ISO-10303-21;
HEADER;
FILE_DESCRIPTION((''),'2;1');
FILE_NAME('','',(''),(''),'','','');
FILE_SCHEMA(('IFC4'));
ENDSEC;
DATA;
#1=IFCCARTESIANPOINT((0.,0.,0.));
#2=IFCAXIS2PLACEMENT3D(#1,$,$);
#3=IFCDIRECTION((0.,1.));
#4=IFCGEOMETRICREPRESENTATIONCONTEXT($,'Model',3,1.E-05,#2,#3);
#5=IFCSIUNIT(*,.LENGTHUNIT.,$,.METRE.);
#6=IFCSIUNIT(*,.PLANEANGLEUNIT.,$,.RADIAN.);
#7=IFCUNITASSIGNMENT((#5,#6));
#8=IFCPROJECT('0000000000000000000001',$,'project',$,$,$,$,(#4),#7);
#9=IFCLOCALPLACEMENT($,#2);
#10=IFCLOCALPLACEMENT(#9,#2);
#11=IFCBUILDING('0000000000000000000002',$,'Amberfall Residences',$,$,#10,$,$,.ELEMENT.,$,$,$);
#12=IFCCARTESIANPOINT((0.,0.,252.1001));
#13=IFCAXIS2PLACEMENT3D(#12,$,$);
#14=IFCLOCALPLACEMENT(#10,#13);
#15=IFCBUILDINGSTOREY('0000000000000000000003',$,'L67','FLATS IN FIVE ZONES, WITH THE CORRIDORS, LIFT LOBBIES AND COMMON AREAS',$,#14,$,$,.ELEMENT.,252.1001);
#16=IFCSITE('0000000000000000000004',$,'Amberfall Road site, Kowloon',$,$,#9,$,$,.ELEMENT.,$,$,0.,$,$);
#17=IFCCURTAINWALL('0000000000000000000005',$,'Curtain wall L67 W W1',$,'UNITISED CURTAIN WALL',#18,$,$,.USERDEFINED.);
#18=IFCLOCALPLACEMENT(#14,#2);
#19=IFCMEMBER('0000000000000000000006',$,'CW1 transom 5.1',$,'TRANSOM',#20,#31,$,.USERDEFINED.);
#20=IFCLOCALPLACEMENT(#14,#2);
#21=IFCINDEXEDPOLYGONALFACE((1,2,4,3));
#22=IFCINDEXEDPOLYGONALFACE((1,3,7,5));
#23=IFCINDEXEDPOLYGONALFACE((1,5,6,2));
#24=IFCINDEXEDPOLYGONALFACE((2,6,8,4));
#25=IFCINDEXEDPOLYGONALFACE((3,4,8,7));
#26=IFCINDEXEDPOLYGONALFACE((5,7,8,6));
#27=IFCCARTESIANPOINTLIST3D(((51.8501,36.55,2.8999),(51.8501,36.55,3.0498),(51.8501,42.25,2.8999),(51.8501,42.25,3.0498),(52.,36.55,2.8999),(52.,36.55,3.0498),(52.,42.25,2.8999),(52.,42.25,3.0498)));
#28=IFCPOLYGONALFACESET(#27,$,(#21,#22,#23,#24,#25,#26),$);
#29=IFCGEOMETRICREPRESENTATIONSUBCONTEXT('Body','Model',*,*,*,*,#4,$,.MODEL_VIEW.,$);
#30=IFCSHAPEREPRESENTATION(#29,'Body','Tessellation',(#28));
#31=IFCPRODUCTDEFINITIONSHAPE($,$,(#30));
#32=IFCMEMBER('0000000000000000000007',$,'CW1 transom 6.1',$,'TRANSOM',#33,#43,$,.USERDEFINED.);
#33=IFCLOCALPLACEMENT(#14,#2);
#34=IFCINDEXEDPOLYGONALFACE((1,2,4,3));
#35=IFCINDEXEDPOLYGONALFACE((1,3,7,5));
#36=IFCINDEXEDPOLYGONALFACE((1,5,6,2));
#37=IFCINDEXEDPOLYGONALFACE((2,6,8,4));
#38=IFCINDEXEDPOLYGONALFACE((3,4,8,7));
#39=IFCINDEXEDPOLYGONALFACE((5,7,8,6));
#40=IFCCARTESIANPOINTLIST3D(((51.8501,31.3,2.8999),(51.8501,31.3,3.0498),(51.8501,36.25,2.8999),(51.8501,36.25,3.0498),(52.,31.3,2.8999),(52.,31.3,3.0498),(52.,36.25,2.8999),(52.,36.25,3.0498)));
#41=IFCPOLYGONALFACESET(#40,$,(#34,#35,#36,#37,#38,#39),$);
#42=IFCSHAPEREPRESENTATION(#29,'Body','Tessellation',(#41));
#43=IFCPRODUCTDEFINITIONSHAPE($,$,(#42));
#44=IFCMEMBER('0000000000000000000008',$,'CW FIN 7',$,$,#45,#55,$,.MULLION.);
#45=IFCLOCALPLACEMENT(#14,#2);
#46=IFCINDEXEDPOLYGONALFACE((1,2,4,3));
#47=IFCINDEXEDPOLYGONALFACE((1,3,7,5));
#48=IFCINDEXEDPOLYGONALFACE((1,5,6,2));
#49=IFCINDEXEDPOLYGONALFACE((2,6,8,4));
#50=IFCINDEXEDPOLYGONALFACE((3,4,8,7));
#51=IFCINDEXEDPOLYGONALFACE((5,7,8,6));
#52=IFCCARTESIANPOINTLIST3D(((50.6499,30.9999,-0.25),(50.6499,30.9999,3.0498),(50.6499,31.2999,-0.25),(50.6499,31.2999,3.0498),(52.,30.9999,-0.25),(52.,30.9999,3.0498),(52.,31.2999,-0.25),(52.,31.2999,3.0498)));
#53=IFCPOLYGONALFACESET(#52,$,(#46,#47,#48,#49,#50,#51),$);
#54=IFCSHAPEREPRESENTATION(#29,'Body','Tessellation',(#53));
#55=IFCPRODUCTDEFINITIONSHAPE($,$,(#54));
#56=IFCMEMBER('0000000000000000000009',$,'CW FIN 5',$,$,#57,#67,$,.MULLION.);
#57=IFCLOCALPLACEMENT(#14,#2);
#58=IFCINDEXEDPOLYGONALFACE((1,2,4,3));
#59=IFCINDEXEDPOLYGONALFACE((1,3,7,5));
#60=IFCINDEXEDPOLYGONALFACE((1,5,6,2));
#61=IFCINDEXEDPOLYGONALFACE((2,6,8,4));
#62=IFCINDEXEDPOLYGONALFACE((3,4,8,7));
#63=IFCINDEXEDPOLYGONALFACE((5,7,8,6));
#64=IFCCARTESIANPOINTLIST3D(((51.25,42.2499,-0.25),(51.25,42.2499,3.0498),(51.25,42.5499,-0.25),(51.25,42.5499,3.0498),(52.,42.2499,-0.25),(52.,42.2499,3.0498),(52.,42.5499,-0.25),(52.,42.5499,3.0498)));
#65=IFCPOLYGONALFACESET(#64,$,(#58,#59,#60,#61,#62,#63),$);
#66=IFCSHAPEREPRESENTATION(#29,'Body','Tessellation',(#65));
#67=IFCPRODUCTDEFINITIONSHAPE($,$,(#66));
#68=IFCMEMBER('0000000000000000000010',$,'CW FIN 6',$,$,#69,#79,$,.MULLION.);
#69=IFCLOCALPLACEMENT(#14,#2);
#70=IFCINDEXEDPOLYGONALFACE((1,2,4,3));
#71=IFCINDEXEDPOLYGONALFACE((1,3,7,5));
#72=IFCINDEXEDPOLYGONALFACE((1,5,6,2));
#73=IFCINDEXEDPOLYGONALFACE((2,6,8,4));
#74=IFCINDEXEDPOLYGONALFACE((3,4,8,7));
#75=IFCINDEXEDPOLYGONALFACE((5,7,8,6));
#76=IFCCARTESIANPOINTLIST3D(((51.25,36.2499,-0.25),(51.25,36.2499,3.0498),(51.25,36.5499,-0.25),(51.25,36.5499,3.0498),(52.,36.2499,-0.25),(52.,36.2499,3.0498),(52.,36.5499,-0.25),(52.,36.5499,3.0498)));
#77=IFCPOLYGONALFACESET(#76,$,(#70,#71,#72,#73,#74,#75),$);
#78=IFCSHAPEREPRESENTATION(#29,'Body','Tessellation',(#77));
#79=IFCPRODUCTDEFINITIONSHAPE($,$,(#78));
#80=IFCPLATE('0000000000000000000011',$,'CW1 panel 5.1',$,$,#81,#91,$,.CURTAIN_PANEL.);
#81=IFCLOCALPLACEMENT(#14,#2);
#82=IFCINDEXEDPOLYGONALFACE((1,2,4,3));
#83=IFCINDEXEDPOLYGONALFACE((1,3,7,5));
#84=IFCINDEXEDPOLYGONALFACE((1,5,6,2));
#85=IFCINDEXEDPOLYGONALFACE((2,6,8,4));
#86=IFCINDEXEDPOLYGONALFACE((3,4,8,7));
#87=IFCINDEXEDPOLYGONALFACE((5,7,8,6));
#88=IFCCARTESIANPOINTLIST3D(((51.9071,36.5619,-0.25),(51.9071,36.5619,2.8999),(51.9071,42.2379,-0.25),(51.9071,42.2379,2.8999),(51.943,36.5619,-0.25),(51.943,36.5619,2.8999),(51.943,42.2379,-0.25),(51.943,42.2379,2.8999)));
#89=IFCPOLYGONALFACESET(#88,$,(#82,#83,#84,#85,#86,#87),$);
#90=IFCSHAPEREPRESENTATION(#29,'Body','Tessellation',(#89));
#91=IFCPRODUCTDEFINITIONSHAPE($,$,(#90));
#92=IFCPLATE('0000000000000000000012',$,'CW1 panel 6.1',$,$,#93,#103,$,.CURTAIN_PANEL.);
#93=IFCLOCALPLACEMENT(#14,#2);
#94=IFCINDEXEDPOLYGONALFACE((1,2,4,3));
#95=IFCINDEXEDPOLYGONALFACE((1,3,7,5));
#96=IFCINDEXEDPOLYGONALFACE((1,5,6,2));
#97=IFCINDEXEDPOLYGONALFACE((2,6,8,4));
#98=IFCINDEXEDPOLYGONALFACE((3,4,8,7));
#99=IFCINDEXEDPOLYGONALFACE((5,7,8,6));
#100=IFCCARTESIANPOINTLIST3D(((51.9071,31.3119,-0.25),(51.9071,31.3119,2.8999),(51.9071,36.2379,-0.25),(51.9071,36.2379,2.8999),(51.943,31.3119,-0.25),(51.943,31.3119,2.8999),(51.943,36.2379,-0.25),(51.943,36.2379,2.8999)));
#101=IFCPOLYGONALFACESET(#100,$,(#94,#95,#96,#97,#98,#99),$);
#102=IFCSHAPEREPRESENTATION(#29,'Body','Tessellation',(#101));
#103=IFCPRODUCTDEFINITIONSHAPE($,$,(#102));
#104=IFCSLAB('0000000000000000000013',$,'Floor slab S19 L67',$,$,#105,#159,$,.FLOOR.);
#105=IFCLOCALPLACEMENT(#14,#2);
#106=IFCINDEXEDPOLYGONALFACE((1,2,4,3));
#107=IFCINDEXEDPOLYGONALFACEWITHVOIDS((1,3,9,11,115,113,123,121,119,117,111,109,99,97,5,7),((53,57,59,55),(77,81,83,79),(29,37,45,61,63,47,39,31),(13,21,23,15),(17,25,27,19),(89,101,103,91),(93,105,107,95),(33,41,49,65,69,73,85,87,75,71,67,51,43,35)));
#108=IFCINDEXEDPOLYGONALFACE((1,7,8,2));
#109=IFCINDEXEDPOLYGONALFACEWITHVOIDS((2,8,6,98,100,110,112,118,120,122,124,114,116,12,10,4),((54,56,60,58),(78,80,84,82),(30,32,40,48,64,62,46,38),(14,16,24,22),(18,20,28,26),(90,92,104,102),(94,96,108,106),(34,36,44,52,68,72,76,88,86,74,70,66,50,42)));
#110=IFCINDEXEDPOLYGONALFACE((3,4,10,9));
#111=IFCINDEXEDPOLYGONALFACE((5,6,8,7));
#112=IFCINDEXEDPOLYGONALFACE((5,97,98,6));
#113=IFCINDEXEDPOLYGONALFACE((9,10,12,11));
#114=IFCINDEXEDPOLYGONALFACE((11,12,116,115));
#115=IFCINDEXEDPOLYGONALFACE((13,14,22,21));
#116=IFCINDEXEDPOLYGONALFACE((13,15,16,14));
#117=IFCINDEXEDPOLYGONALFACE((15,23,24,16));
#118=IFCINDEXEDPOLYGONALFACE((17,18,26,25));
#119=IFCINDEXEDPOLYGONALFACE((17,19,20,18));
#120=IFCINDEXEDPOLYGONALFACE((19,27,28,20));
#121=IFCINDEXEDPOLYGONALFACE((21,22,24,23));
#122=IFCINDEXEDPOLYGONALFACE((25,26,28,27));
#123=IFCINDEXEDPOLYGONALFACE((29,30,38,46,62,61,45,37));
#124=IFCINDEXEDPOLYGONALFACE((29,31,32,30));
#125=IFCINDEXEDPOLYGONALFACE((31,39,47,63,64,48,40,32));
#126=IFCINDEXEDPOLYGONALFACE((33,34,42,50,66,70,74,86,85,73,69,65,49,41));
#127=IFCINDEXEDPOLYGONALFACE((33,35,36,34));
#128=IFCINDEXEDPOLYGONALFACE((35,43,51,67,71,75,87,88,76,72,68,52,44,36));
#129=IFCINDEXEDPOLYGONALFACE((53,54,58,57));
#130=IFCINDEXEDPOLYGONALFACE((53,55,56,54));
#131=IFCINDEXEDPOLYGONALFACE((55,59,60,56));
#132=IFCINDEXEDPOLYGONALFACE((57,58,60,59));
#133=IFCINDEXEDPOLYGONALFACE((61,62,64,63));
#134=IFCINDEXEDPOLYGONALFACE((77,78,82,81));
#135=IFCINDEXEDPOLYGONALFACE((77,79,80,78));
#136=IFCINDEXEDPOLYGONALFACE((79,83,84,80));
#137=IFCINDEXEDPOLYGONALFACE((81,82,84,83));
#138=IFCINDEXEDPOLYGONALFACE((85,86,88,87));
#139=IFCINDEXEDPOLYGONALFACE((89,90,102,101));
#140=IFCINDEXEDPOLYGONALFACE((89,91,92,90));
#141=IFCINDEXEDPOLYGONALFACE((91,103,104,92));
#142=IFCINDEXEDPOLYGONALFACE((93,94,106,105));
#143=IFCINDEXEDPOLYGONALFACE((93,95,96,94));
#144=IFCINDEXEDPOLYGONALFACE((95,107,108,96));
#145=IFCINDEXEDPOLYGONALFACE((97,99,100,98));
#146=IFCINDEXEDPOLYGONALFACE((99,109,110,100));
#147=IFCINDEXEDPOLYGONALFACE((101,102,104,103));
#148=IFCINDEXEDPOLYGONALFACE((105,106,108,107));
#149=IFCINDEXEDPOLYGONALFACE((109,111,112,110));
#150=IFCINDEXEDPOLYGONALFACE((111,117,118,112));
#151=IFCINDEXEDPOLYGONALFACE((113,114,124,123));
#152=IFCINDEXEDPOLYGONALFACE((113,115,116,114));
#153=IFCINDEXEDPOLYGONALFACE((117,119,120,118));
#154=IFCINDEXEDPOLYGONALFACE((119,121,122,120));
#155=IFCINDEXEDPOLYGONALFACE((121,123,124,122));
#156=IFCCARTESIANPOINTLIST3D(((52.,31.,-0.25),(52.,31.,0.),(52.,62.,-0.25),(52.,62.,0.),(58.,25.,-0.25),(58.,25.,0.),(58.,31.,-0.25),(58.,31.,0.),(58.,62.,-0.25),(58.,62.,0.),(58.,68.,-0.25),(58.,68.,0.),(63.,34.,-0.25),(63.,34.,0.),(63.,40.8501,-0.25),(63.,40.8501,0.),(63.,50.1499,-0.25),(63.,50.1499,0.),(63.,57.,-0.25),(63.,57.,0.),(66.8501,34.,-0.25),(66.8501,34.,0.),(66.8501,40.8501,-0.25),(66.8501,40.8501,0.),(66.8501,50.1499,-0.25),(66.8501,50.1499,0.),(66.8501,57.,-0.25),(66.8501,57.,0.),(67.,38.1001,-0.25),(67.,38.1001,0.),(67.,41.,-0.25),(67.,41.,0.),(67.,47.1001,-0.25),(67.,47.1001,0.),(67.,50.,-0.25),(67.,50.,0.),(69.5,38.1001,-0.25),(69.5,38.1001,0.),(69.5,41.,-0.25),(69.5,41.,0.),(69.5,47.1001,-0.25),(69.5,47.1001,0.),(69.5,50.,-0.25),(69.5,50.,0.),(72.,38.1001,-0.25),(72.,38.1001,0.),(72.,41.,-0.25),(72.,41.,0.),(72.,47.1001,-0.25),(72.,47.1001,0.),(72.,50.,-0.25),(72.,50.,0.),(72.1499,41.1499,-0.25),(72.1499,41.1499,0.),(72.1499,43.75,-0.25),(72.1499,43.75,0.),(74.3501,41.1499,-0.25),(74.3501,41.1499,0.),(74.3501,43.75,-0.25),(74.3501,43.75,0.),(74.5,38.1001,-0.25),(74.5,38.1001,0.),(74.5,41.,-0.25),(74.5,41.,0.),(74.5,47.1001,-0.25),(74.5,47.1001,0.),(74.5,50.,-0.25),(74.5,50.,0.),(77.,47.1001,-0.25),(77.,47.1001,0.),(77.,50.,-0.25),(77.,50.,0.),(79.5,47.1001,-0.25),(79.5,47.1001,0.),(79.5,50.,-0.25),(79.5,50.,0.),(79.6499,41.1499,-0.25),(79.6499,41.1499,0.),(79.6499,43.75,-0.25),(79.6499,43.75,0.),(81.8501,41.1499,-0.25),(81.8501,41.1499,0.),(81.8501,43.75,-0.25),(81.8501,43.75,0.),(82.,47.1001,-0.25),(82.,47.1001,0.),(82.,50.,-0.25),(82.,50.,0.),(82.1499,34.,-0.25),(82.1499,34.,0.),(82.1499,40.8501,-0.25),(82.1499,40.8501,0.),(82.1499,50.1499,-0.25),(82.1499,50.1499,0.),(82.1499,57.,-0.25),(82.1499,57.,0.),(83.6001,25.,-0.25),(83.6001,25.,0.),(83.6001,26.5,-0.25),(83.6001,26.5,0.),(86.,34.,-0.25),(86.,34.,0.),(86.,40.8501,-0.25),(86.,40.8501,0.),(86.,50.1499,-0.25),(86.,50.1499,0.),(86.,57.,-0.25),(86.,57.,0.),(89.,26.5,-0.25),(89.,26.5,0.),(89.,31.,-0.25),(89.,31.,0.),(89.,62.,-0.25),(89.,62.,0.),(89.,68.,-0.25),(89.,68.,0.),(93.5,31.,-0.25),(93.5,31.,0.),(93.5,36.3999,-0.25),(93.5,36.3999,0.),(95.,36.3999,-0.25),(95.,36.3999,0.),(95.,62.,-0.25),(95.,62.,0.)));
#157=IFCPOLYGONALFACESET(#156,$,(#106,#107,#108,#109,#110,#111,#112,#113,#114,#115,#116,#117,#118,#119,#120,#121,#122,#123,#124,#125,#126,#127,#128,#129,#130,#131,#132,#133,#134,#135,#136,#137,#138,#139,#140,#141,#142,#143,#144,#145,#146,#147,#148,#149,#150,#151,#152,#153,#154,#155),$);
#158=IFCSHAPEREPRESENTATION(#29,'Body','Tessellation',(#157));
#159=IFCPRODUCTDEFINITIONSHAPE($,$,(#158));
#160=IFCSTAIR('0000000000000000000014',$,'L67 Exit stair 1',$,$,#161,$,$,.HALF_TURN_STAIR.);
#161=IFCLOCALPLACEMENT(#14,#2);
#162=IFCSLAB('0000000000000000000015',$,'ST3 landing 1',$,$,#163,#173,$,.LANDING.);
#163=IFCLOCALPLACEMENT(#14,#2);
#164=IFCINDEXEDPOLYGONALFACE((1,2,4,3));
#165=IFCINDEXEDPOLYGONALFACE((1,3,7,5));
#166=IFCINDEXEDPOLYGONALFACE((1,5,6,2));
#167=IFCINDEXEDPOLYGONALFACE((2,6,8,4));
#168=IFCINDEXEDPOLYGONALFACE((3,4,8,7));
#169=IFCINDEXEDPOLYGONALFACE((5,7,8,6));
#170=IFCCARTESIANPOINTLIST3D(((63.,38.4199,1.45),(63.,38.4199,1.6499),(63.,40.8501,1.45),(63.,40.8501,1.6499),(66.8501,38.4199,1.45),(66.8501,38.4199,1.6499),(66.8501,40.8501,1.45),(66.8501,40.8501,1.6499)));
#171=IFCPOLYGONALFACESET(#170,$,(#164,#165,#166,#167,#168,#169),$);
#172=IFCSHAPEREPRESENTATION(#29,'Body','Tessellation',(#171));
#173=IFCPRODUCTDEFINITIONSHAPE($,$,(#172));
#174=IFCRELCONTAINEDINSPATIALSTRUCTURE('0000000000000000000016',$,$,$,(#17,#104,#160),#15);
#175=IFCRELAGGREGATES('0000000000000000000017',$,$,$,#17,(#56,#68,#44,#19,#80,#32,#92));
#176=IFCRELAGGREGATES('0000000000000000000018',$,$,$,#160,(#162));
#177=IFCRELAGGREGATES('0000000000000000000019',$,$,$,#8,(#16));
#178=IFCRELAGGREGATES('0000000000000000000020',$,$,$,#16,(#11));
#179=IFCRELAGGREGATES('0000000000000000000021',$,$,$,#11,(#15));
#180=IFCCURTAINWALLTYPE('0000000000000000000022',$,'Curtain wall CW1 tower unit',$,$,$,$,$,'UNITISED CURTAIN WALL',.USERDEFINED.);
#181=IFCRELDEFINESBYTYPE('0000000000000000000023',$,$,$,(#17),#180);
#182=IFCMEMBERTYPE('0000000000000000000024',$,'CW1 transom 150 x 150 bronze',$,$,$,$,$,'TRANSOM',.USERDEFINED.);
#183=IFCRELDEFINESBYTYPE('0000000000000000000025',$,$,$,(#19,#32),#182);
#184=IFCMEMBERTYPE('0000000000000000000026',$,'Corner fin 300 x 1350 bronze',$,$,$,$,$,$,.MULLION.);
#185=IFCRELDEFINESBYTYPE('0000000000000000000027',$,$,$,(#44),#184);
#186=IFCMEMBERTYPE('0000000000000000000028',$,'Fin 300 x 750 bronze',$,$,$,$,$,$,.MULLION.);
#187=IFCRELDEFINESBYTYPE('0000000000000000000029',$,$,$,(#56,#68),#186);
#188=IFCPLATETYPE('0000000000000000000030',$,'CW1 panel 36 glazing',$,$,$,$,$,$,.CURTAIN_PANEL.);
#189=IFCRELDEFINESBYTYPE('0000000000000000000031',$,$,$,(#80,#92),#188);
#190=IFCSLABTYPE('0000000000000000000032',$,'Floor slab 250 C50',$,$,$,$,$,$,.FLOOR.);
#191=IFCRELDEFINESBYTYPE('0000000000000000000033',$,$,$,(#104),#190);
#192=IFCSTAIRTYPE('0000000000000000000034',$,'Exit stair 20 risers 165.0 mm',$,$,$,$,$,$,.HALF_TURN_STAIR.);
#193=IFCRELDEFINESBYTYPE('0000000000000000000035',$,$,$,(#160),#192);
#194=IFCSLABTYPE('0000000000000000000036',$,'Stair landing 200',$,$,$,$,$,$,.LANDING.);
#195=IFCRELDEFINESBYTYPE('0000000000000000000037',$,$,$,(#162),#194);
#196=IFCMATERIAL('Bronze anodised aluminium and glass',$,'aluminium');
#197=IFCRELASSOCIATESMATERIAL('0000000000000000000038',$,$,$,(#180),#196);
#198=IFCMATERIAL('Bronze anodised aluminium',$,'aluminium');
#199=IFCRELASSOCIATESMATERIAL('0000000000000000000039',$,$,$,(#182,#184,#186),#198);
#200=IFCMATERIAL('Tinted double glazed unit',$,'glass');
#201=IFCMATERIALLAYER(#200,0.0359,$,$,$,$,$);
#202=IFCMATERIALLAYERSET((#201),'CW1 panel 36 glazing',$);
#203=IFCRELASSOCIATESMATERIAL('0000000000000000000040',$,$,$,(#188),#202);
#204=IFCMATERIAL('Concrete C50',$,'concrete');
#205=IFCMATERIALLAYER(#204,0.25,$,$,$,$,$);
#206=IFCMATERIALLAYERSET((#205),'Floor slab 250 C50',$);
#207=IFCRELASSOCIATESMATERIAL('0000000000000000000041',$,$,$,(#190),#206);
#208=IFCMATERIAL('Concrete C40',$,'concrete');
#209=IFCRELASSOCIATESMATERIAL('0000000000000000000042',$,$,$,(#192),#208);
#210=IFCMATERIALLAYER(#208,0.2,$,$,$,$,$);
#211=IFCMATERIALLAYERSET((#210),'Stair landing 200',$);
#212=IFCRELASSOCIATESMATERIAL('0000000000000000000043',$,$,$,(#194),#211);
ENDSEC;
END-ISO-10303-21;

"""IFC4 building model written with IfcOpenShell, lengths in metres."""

from ifc_helpers import new_model, si_unit, direction, frame, origin, origin_2d, place, context, subcontext, project, spatial, polyline, rectangle, outline, extrude, material, layer, layer_set, material_profile, profile_set, type_object, element, aggregate, save


model = new_model("IFC4")

# Units and contexts
model_context = context("Model", 3, precision=1e-05, world=origin(), true_north=direction((0.0, 1.0)))
body_context = subcontext(model_context, "Body", "Model", "MODEL_VIEW")
ifc_project = project(units=[si_unit("LENGTHUNIT", "METRE"), si_unit("PLANEANGLEUNIT", "RADIAN")], contexts=[model_context])

# Site, building, storey
site_placement = place(None, origin())
site = spatial("IfcSite", under=ifc_project, at=site_placement, Name="Amberfall Road site, Kowloon", CompositionType="ELEMENT", RefElevation=0.0)
building_placement = place(site_placement, origin())
building = spatial("IfcBuilding", under=site, at=building_placement, Name="Amberfall Residences", CompositionType="ELEMENT")
storey_placement = place(building_placement, frame((0.0, 0.0, 252.1001)))
storey = spatial("IfcBuildingStorey", under=building, at=storey_placement, Name="L67", Description="FLATS IN FIVE ZONES, WITH THE CORRIDORS, LIFT LOBBIES AND COMMON AREAS", CompositionType="ELEMENT", Elevation=252.1001)

# Curtain wall, members, plates
ifc_material_1 = material(Name="Bronze anodised aluminium and glass", Category="aluminium")
curtain_wall_type = type_object("IfcCurtainWallType", Name="Curtain wall CW1 tower unit", ElementType="UNITISED CURTAIN WALL", PredefinedType="USERDEFINED", material=ifc_material_1)
curtain_wall_placement = place(storey_placement, origin())
curtain_wall = element("IfcCurtainWall", 1, at=curtain_wall_placement, inside=storey, type_object=curtain_wall_type, Name="Curtain wall L67 W W1", ObjectType="UNITISED CURTAIN WALL", PredefinedType="USERDEFINED")
ifc_material_2 = material(Name="Bronze anodised aluminium", Category="aluminium")
ifc_material_profile_1 = material_profile(ifc_material_2, rectangle(XDim=0.1499, YDim=0.1499, at=origin_2d()), Name="CW1 transom 150 x 150 bronze")
ifc_profile_set_1 = profile_set([ifc_material_profile_1], Name="Bronze anodised aluminium")
member_type_1 = type_object("IfcMemberType", Name="CW1 transom 150 x 150 bronze", ElementType="TRANSOM", PredefinedType="USERDEFINED", material=ifc_profile_set_1)
member_1_placement = place(storey_placement, frame((51.925, 42.25, 2.9749), z_axis=(0.0, -1.0, 0.0), x_axis=(1.0, 0.0, 0.0)))
member_1 = element("IfcMember", 2, at=member_1_placement, type_object=member_type_1, Name="CW1 transom 5.1", ObjectType="TRANSOM", PredefinedType="USERDEFINED", context=body_context, shape_type="SweptSolid", body=[
    extrude(rectangle(XDim=0.1499, YDim=0.1499, at=origin_2d()), origin(), (0.0, 0.0, 1.0), 5.7),
])
member_2_placement = place(storey_placement, frame((51.925, 36.25, 2.9749), z_axis=(0.0, -1.0, 0.0), x_axis=(1.0, 0.0, 0.0)))
member_2 = element("IfcMember", 3, at=member_2_placement, type_object=member_type_1, Name="CW1 transom 6.1", ObjectType="TRANSOM", PredefinedType="USERDEFINED", context=body_context, shape_type="SweptSolid", body=[
    extrude(rectangle(XDim=0.1499, YDim=0.1499, at=origin_2d()), origin(), (0.0, 0.0, 1.0), 4.95),
])
ifc_material_profile_2 = material_profile(ifc_material_2, rectangle(XDim=1.3501, YDim=0.3, at=origin_2d()), Name="Corner fin 300 x 1350 bronze")
ifc_profile_set_2 = profile_set([ifc_material_profile_2], Name="Bronze anodised aluminium")
member_type_2 = type_object("IfcMemberType", Name="Corner fin 300 x 1350 bronze", PredefinedType="MULLION", material=ifc_profile_set_2)
member_3_placement = place(storey_placement, frame((51.325, 31.1499, -0.25), z_axis=(0.0, 0.0, 1.0), x_axis=(1.0, 0.0, 0.0)))
member_3 = element("IfcMember", 4, at=member_3_placement, type_object=member_type_2, Name="CW FIN 7", PredefinedType="MULLION", context=body_context, shape_type="SweptSolid", body=[
    extrude(rectangle(XDim=1.3501, YDim=0.3, at=origin_2d()), origin(), (0.0, 0.0, 1.0), 3.2998),
])
ifc_material_profile_3 = material_profile(ifc_material_2, rectangle(XDim=0.75, YDim=0.3, at=origin_2d()), Name="Fin 300 x 750 bronze")
ifc_profile_set_3 = profile_set([ifc_material_profile_3], Name="Bronze anodised aluminium")
member_type_3 = type_object("IfcMemberType", Name="Fin 300 x 750 bronze", PredefinedType="MULLION", material=ifc_profile_set_3)
member_4_placement = place(storey_placement, frame((51.625, 42.3999, -0.25), z_axis=(0.0, 0.0, 1.0), x_axis=(1.0, 0.0, 0.0)))
member_4 = element("IfcMember", 5, at=member_4_placement, type_object=member_type_3, Name="CW FIN 5", PredefinedType="MULLION", context=body_context, shape_type="SweptSolid", body=[
    extrude(rectangle(XDim=0.75, YDim=0.3, at=origin_2d()), origin(), (0.0, 0.0, 1.0), 3.2998),
])
member_5_placement = place(storey_placement, frame((51.625, 36.3999, -0.25), z_axis=(0.0, 0.0, 1.0), x_axis=(1.0, 0.0, 0.0)))
member_5 = element("IfcMember", 6, at=member_5_placement, type_object=member_type_3, Name="CW FIN 6", PredefinedType="MULLION", context=body_context, shape_type="SweptSolid", body=[
    extrude(rectangle(XDim=0.75, YDim=0.3, at=origin_2d()), origin(), (0.0, 0.0, 1.0), 3.2998),
])
ifc_material_3 = material(Name="Tinted double glazed unit", Category="glass")
ifc_layer_1 = layer(ifc_material_3, 0.0359)
ifc_layer_set_1 = layer_set([ifc_layer_1], Name="CW1 panel 36 glazing")
plate_type = type_object("IfcPlateType", Name="CW1 panel 36 glazing", PredefinedType="CURTAIN_PANEL", material=ifc_layer_set_1)
plate_1_placement = place(storey_placement, frame((51.925, 39.3999, -0.25), z_axis=(0.0, 0.0, 1.0), x_axis=(0.0, -1.0, 0.0)))
plate_1 = element("IfcPlate", 7, at=plate_1_placement, type_object=plate_type, Name="CW1 panel 5.1", PredefinedType="CURTAIN_PANEL", context=body_context, shape_type="SweptSolid", body=[
    extrude(rectangle(XDim=5.676, YDim=0.0359, at=origin_2d()), origin(), (0.0, 0.0, 1.0), 3.1499),
])
plate_2_placement = place(storey_placement, frame((51.925, 33.7749, -0.25), z_axis=(0.0, 0.0, 1.0), x_axis=(0.0, -1.0, 0.0)))
plate_2 = element("IfcPlate", 8, at=plate_2_placement, type_object=plate_type, Name="CW1 panel 6.1", PredefinedType="CURTAIN_PANEL", context=body_context, shape_type="SweptSolid", body=[
    extrude(rectangle(XDim=4.926, YDim=0.0359, at=origin_2d()), origin(), (0.0, 0.0, 1.0), 3.1499),
])
aggregate(curtain_wall, [member_4, member_5, member_3, member_1, plate_1, member_2, plate_2])

# Slab
ifc_material_4 = material(Name="Concrete C50", Category="concrete")
ifc_layer_2 = layer(ifc_material_4, 0.25)
ifc_layer_set_2 = layer_set([ifc_layer_2], Name="Floor slab 250 C50")
slab_type_1 = type_object("IfcSlabType", Name="Floor slab 250 C50", PredefinedType="FLOOR", material=ifc_layer_set_2)
slab_1_placement = place(storey_placement, frame((0.0, 0.0, -0.25)))
element("IfcSlab", 9, at=slab_1_placement, inside=storey, type_object=slab_type_1, Name="Floor slab S19 L67", PredefinedType="FLOOR", context=body_context, shape_type="SweptSolid", body=[
    extrude(outline(polyline([(83.6001, 26.5), (83.6001, 25.0), (58.0, 25.0), (58.0, 31.0), (52.0, 31.0), (52.0, 62.0), (58.0, 62.0), (58.0, 68.0), (89.0, 68.0), (89.0, 62.0), (95.0, 62.0), (95.0, 36.3999), (93.5, 36.3999), (93.5, 31.0), (89.0, 31.0), (89.0, 26.5), (83.6001, 26.5)]), holes=[polyline([(86.0, 34.0), (86.0, 40.8501), (82.1499, 40.8501), (82.1499, 34.0), (86.0, 34.0)]), polyline([(86.0, 50.1499), (86.0, 57.0), (82.1499, 57.0), (82.1499, 50.1499), (86.0, 50.1499)]), polyline([(72.0, 50.0), (69.5, 50.0), (67.0, 50.0), (67.0, 47.1001), (69.5, 47.1001), (72.0, 47.1001), (74.5, 47.1001), (77.0, 47.1001), (79.5, 47.1001), (82.0, 47.1001), (82.0, 50.0), (79.5, 50.0), (77.0, 50.0), (74.5, 50.0), (72.0, 50.0)]), polyline([(81.8501, 41.1499), (81.8501, 43.75), (79.6499, 43.75), (79.6499, 41.1499), (81.8501, 41.1499)]), polyline([(69.5, 41.0), (67.0, 41.0), (67.0, 38.1001), (69.5, 38.1001), (72.0, 38.1001), (74.5, 38.1001), (74.5, 41.0), (72.0, 41.0), (69.5, 41.0)]), polyline([(74.3501, 41.1499), (74.3501, 43.75), (72.1499, 43.75), (72.1499, 41.1499), (74.3501, 41.1499)]), polyline([(66.8501, 50.1499), (66.8501, 57.0), (63.0, 57.0), (63.0, 50.1499), (66.8501, 50.1499)]), polyline([(66.8501, 40.8501), (63.0, 40.8501), (63.0, 34.0), (66.8501, 34.0), (66.8501, 40.8501)])]), origin(), (0.0, 0.0, 1.0), 0.25),
])

# Stair, slab
ifc_material_5 = material(Name="Concrete C40", Category="concrete")
stair_type = type_object("IfcStairType", Name="Exit stair 20 risers 165.0 mm", PredefinedType="HALF_TURN_STAIR", material=ifc_material_5)
stair_1_placement = place(storey_placement, origin())
stair_1 = element("IfcStair", 10, at=stair_1_placement, inside=storey, type_object=stair_type, Name="L67 Exit stair 1", PredefinedType="HALF_TURN_STAIR")
ifc_layer_3 = layer(ifc_material_5, 0.2)
ifc_layer_set_3 = layer_set([ifc_layer_3], Name="Stair landing 200")
slab_type_2 = type_object("IfcSlabType", Name="Stair landing 200", PredefinedType="LANDING", material=ifc_layer_set_3)
slab_2_placement = place(storey_placement, frame((0.0, 0.0, 1.45)))
slab_2 = element("IfcSlab", 11, at=slab_2_placement, type_object=slab_type_2, Name="ST3 landing 1", PredefinedType="LANDING", context=body_context, shape_type="SweptSolid", body=[
    extrude(outline(polyline([(66.8501, 38.4199), (66.8501, 40.8501), (63.0, 40.8501), (63.0, 38.4199), (66.8501, 38.4199)])), origin(), (0.0, 0.0, 1.0), 0.2),
])
aggregate(stair_1, [slab_2])

save(model, "model.ifc")
